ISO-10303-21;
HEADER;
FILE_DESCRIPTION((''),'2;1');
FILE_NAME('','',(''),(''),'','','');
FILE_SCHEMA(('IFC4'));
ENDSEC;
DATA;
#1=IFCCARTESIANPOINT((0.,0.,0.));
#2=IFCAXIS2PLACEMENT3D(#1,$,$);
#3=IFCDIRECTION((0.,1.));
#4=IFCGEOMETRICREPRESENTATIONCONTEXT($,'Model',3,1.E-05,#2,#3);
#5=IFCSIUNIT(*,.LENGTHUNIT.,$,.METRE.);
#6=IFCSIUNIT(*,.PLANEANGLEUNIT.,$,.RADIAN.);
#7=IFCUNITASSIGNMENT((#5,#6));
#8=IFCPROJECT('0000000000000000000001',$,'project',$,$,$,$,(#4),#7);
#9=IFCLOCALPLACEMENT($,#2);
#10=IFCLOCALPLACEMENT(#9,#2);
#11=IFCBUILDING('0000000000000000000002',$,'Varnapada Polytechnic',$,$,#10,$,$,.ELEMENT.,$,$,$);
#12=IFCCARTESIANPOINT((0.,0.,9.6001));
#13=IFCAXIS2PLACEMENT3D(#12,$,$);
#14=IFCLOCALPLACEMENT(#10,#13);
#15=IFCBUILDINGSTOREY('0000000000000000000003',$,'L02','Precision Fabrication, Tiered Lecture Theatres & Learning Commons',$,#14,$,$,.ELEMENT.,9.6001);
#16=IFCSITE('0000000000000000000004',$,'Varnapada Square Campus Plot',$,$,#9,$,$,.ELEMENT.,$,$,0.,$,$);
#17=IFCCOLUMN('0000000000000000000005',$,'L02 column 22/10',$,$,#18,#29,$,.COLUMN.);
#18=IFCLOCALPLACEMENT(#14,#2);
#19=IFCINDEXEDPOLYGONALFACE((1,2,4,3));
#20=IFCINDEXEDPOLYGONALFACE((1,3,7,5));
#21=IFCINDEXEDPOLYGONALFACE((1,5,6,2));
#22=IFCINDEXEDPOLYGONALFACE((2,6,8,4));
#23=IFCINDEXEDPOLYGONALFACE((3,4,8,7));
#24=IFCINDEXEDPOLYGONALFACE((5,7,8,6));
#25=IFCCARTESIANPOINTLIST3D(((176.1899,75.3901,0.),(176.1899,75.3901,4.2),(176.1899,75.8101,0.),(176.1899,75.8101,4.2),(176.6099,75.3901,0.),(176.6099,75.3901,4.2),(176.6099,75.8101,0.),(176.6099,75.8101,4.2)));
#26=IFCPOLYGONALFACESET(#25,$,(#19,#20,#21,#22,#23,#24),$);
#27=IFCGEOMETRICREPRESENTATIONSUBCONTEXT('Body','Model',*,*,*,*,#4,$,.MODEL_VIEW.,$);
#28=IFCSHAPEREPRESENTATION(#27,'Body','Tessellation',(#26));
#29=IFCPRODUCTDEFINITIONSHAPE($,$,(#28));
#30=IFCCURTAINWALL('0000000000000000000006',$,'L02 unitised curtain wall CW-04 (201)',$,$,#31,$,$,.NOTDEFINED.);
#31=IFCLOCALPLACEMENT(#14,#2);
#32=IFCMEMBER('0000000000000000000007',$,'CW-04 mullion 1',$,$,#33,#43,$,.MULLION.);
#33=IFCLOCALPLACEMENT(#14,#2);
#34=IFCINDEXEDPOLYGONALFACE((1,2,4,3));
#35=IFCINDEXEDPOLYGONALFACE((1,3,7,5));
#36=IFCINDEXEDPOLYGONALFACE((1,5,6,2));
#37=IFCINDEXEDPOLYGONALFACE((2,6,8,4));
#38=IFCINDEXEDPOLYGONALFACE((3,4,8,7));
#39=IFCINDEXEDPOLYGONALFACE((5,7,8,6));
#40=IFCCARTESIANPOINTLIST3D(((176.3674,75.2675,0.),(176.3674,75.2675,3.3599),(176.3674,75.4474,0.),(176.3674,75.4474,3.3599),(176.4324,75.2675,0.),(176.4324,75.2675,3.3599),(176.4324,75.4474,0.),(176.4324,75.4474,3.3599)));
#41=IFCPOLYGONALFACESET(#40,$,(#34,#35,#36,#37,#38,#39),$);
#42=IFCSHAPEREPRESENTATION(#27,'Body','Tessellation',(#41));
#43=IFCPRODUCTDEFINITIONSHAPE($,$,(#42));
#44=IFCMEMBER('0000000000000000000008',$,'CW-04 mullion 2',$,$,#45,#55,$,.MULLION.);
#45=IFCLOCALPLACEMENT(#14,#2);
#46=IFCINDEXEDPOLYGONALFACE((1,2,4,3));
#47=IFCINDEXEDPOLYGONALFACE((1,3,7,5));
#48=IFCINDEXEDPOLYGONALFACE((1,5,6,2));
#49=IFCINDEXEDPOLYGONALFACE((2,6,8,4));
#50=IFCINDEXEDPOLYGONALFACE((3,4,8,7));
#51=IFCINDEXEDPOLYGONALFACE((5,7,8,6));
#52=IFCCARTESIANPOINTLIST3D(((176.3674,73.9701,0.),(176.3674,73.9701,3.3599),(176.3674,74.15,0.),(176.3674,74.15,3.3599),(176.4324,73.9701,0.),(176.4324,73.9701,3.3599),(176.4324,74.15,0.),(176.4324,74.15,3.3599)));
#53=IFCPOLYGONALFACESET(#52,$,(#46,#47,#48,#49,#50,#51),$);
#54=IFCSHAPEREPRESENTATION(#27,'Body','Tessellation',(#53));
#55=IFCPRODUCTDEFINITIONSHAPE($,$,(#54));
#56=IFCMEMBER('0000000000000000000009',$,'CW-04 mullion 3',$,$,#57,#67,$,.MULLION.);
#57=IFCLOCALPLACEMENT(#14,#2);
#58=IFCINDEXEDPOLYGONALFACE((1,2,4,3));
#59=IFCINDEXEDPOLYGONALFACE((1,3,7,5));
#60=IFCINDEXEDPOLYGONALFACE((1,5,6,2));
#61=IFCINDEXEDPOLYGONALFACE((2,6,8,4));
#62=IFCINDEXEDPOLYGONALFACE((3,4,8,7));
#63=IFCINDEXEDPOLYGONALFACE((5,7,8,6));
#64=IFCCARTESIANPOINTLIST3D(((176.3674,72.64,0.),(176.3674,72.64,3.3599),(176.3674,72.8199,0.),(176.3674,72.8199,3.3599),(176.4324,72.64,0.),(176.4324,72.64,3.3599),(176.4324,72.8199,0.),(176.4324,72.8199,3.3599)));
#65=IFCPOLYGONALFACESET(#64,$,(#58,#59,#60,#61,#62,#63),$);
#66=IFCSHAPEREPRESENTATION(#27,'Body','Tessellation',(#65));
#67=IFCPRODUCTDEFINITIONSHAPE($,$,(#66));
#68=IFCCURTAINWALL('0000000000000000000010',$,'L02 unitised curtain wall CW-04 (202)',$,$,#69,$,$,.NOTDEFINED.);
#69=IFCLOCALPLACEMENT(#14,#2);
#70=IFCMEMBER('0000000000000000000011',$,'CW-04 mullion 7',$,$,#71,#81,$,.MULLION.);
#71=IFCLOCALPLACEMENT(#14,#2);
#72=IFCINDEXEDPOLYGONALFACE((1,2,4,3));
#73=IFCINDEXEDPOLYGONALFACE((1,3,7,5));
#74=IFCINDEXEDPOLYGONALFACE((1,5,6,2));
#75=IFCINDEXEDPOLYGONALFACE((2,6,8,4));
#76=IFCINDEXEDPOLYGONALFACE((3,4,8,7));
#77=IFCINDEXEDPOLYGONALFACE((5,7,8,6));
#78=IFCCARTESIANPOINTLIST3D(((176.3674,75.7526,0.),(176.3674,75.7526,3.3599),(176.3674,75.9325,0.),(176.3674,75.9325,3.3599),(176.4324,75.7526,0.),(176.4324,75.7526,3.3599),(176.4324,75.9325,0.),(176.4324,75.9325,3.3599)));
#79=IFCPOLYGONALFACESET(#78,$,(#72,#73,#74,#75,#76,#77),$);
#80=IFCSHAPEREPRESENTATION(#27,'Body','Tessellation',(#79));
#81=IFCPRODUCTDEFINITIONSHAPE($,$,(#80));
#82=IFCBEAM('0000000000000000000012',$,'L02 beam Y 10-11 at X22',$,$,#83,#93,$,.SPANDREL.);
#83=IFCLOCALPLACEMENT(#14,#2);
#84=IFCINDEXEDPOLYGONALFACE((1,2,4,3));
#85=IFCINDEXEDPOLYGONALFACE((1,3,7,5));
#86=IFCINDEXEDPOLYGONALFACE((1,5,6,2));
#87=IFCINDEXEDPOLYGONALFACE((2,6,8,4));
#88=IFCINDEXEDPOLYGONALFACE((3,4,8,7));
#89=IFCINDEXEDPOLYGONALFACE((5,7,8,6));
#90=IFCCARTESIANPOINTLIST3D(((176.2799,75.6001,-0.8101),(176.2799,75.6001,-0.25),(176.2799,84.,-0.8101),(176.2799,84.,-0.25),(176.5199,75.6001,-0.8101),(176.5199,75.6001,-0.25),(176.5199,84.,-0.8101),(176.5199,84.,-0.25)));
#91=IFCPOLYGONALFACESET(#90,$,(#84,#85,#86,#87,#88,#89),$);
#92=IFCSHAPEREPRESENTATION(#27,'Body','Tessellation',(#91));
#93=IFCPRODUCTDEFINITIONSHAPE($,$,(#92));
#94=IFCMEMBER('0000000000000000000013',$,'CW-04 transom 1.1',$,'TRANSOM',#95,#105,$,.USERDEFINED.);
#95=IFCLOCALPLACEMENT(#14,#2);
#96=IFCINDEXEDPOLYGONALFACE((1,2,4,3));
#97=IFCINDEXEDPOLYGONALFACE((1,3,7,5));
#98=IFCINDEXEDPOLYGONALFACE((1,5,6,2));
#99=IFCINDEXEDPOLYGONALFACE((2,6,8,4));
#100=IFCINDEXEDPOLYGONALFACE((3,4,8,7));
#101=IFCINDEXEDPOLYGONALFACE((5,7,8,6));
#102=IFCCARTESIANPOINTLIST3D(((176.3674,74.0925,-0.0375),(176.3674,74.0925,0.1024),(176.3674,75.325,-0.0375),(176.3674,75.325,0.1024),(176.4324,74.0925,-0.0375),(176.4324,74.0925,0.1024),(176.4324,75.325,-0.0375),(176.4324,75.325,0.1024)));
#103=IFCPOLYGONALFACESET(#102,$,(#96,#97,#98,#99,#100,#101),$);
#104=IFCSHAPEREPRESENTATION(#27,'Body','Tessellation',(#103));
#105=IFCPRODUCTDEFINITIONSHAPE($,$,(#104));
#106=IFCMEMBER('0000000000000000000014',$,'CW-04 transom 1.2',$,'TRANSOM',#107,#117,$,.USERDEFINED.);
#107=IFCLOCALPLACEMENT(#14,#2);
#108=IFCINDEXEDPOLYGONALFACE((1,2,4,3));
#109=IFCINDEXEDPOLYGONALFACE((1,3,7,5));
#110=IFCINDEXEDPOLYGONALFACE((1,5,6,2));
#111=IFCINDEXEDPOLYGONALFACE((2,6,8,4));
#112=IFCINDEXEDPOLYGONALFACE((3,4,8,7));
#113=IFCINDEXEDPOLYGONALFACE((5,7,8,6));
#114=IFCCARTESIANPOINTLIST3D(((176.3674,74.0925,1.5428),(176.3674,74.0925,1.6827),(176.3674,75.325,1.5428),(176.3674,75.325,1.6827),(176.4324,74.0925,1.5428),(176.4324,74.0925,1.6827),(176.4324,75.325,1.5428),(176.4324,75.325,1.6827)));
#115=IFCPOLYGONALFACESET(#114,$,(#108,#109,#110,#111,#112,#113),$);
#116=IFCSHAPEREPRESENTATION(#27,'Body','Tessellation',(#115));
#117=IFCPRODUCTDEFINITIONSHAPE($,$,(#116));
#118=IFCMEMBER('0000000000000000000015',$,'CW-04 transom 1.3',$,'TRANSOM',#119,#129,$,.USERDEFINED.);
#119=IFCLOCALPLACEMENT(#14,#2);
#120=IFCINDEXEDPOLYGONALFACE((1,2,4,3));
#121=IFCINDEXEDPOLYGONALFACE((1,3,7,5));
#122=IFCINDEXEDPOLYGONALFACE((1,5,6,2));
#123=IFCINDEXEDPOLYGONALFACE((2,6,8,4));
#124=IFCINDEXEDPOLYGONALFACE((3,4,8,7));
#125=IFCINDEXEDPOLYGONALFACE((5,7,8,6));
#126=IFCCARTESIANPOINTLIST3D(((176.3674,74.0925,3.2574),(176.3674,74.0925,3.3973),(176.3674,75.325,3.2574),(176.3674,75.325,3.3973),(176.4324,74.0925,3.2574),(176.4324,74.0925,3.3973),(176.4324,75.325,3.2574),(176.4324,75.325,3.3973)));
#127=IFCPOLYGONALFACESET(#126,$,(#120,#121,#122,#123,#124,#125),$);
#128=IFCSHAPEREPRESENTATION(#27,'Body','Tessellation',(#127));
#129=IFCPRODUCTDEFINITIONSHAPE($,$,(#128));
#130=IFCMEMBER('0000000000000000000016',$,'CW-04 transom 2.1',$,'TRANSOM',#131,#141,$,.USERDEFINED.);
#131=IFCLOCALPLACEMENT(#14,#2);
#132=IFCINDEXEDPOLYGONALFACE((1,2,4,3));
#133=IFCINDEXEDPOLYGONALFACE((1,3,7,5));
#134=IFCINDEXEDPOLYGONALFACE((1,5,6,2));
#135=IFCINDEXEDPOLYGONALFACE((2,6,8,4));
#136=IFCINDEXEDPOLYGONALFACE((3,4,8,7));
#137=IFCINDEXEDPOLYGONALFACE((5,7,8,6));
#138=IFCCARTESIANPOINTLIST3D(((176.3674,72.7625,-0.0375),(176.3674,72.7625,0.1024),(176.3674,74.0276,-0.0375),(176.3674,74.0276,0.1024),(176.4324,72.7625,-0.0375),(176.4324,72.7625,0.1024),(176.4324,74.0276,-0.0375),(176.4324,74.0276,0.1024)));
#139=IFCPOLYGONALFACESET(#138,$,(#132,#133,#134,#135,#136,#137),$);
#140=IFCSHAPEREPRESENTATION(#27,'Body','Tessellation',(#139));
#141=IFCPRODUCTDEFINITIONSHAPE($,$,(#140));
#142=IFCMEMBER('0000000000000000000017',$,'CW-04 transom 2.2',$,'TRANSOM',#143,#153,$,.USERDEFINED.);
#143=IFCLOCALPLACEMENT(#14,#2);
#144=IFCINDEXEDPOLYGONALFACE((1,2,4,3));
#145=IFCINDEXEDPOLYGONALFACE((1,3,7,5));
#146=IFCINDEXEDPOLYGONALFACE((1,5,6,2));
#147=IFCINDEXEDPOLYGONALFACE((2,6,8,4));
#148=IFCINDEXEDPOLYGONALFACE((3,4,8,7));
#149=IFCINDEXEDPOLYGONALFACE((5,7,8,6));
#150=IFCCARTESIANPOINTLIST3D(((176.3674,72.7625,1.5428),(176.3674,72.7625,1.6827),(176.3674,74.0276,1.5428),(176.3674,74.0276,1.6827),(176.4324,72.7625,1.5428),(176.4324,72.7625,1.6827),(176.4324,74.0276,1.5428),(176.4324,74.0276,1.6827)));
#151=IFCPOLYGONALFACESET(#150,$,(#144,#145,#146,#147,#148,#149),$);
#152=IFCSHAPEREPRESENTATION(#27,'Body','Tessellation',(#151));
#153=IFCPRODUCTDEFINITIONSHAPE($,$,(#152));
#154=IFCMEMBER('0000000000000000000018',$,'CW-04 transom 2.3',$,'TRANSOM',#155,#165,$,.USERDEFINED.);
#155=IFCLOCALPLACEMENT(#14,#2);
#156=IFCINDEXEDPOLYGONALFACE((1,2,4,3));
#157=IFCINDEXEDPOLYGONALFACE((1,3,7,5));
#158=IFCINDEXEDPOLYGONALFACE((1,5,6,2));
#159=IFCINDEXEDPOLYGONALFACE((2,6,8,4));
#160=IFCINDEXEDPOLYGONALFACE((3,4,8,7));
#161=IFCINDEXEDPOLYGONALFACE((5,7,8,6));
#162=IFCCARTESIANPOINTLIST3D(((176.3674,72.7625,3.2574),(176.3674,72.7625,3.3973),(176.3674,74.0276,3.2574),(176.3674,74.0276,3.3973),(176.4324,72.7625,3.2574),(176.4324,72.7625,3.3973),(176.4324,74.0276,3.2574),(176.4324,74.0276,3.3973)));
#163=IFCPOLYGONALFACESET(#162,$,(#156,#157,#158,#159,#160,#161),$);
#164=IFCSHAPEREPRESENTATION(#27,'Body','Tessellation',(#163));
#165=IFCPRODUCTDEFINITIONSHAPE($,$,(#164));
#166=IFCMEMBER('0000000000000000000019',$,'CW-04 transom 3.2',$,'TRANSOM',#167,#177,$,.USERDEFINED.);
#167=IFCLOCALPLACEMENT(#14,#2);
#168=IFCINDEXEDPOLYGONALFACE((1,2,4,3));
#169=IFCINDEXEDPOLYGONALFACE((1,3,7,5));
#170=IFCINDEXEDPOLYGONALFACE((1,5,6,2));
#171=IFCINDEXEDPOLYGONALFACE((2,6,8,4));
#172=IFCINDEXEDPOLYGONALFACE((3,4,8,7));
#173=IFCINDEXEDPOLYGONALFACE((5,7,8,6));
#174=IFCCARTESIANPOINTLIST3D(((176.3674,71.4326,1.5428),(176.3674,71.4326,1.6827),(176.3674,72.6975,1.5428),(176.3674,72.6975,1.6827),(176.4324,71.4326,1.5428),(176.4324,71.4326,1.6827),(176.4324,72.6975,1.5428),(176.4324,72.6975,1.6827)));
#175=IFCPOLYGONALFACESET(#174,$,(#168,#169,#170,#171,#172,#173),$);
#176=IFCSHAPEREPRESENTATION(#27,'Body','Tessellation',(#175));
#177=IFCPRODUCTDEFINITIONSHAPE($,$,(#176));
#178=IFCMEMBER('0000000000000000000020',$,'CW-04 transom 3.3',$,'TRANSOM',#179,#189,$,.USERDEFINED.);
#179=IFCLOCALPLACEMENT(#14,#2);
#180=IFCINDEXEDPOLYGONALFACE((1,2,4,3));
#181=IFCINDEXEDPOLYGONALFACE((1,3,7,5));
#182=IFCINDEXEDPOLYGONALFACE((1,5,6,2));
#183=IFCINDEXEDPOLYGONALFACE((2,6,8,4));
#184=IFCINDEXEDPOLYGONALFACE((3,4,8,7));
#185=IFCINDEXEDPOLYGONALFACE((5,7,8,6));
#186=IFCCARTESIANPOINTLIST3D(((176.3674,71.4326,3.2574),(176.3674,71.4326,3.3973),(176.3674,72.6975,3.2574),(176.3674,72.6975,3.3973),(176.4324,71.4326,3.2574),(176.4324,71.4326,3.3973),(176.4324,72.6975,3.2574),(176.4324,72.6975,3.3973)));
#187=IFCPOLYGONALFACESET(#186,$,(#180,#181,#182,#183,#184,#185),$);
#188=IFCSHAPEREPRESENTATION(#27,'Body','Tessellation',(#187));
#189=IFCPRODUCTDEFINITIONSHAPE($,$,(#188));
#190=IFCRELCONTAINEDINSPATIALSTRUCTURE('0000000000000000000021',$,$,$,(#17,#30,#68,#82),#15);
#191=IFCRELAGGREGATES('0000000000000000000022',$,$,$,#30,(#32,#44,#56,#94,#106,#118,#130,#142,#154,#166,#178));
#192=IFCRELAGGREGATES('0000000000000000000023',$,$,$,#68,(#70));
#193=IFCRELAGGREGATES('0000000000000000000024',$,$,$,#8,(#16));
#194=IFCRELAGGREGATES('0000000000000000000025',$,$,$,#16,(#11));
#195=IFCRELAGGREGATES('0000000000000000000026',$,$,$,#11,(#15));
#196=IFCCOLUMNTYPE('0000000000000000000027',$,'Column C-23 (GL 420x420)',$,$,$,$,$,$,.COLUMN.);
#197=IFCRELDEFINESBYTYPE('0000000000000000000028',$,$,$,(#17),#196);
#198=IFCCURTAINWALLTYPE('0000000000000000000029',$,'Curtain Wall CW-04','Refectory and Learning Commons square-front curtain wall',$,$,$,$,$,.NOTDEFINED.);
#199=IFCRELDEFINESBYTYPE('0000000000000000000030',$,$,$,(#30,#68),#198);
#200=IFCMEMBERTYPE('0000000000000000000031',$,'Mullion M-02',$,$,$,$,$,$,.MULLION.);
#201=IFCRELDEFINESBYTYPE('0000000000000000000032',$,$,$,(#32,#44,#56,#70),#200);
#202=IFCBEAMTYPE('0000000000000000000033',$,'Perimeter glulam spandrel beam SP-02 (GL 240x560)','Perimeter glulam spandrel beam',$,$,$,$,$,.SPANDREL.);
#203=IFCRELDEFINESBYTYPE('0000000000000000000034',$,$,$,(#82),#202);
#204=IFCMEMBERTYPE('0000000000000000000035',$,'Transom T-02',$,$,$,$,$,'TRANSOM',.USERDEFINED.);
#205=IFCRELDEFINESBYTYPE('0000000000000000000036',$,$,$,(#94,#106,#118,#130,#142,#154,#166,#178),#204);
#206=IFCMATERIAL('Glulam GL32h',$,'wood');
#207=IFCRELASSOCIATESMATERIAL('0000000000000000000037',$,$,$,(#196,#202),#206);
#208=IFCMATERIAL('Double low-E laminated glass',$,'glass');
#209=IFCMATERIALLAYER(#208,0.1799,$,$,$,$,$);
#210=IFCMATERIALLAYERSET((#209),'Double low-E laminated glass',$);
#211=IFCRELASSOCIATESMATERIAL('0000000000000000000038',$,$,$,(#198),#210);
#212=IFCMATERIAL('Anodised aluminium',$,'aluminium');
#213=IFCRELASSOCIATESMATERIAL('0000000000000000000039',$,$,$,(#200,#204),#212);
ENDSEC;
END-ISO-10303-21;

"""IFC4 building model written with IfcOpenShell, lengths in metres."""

from ifc_helpers import new_model, si_unit, direction, frame, origin, origin_2d, place, context, subcontext, project, spatial, rectangle, extrude, material, layer, layer_set, material_profile, profile_set, type_object, element, aggregate, save


model = new_model("IFC4")

# Units and contexts
model_context = context("Model", 3, precision=1e-05, world=origin(), true_north=direction((0.0, 1.0)))
body_context = subcontext(model_context, "Body", "Model", "MODEL_VIEW")
ifc_project = project(units=[si_unit("LENGTHUNIT", "METRE"), si_unit("PLANEANGLEUNIT", "RADIAN")], contexts=[model_context])

# Site, building, storey
site_placement = place(None, origin())
site = spatial("IfcSite", under=ifc_project, at=site_placement, Name="Varnapada Square Campus Plot", CompositionType="ELEMENT", RefElevation=0.0)
building_placement = place(site_placement, origin())
building = spatial("IfcBuilding", under=site, at=building_placement, Name="Varnapada Polytechnic", CompositionType="ELEMENT")
storey_placement = place(building_placement, frame((0.0, 0.0, 9.6001)))
storey = spatial("IfcBuildingStorey", under=building, at=storey_placement, Name="L02", Description="Precision Fabrication, Tiered Lecture Theatres & Learning Commons", CompositionType="ELEMENT", Elevation=9.6001)

# Column
ifc_material_1 = material(Name="Glulam GL32h", Category="wood")
ifc_material_profile_1 = material_profile(ifc_material_1, rectangle(XDim=0.4199, YDim=0.4199, at=origin_2d()), Name="GL 420x420")
ifc_profile_set_1 = profile_set([ifc_material_profile_1], Name="Glulam GL32h")
column_type = type_object("IfcColumnType", Name="Column C-23 (GL 420x420)", PredefinedType="COLUMN", material=ifc_profile_set_1)
column_placement = place(storey_placement, frame((176.3999, 75.6001, 0.0), z_axis=(0.0, 0.0, 1.0), x_axis=(1.0, 0.0, 0.0)))
element("IfcColumn", 1, at=column_placement, inside=storey, type_object=column_type, Name="L02 column 22/10", PredefinedType="COLUMN", context=body_context, shape_type="SweptSolid", body=[
    extrude(rectangle(XDim=0.4199, YDim=0.4199, at=origin_2d()), origin(), (0.0, 0.0, 1.0), 4.2),
])

# Curtain wall, members
ifc_material_2 = material(Name="Double low-E laminated glass", Category="glass")
ifc_layer_1 = layer(ifc_material_2, 0.1799)
ifc_layer_set_1 = layer_set([ifc_layer_1], Name="Double low-E laminated glass")
curtain_wall_type = type_object("IfcCurtainWallType", Name="Curtain Wall CW-04", Description="Refectory and Learning Commons square-front curtain wall", PredefinedType="NOTDEFINED", material=ifc_layer_set_1)
curtain_wall_1_placement = place(storey_placement, origin())
curtain_wall_1 = element("IfcCurtainWall", 2, at=curtain_wall_1_placement, inside=storey, type_object=curtain_wall_type, Name="L02 unitised curtain wall CW-04 (201)", PredefinedType="NOTDEFINED")
ifc_material_3 = material(Name="Anodised aluminium", Category="aluminium")
ifc_material_profile_2 = material_profile(ifc_material_3, rectangle(XDim=0.0649, YDim=0.1799, at=origin_2d()), Name="ALU M65x180")
ifc_profile_set_2 = profile_set([ifc_material_profile_2], Name="Anodised aluminium")
member_type_1 = type_object("IfcMemberType", Name="Mullion M-02", PredefinedType="MULLION", material=ifc_profile_set_2)
member_1_placement = place(storey_placement, frame((176.3999, 75.3574, 0.0), z_axis=(0.0, 0.0, 1.0), x_axis=(1.0, 0.0, 0.0)))
member_1 = element("IfcMember", 3, at=member_1_placement, type_object=member_type_1, Name="CW-04 mullion 1", PredefinedType="MULLION", context=body_context, shape_type="SweptSolid", body=[
    extrude(rectangle(XDim=0.0649, YDim=0.1799, at=origin_2d()), origin(), (0.0, 0.0, 1.0), 3.3599),
])
member_2_placement = place(storey_placement, frame((176.3999, 74.0601, 0.0), z_axis=(0.0, 0.0, 1.0), x_axis=(1.0, 0.0, 0.0)))
member_2 = element("IfcMember", 4, at=member_2_placement, type_object=member_type_1, Name="CW-04 mullion 2", PredefinedType="MULLION", context=body_context, shape_type="SweptSolid", body=[
    extrude(rectangle(XDim=0.0649, YDim=0.1799, at=origin_2d()), origin(), (0.0, 0.0, 1.0), 3.3599),
])
member_3_placement = place(storey_placement, frame((176.3999, 72.73, 0.0), z_axis=(0.0, 0.0, 1.0), x_axis=(1.0, 0.0, 0.0)))
member_3 = element("IfcMember", 5, at=member_3_placement, type_object=member_type_1, Name="CW-04 mullion 3", PredefinedType="MULLION", context=body_context, shape_type="SweptSolid", body=[
    extrude(rectangle(XDim=0.0649, YDim=0.1799, at=origin_2d()), origin(), (0.0, 0.0, 1.0), 3.3599),
])

# Curtain wall, member
curtain_wall_2_placement = place(storey_placement, origin())
curtain_wall_2 = element("IfcCurtainWall", 6, at=curtain_wall_2_placement, inside=storey, type_object=curtain_wall_type, Name="L02 unitised curtain wall CW-04 (202)", PredefinedType="NOTDEFINED")
member_4_placement = place(storey_placement, frame((176.3999, 75.8425, 0.0), z_axis=(0.0, 0.0, 1.0), x_axis=(1.0, 0.0, 0.0)))
member_4 = element("IfcMember", 7, at=member_4_placement, type_object=member_type_1, Name="CW-04 mullion 7", PredefinedType="MULLION", context=body_context, shape_type="SweptSolid", body=[
    extrude(rectangle(XDim=0.0649, YDim=0.1799, at=origin_2d()), origin(), (0.0, 0.0, 1.0), 3.3599),
])

# Beam
ifc_material_profile_3 = material_profile(ifc_material_1, rectangle(XDim=0.24, YDim=0.5601, at=origin_2d()), Name="GL 240x560")
ifc_profile_set_3 = profile_set([ifc_material_profile_3], Name="Glulam GL32h")
beam_type = type_object("IfcBeamType", Name="Perimeter glulam spandrel beam SP-02 (GL 240x560)", Description="Perimeter glulam spandrel beam", PredefinedType="SPANDREL", material=ifc_profile_set_3)
beam_placement = place(storey_placement, frame((176.3999, 75.6001, -0.53), z_axis=(0.0, 1.0, 0.0), x_axis=(-1.0, 0.0, 0.0)))
element("IfcBeam", 8, at=beam_placement, inside=storey, type_object=beam_type, Name="L02 beam Y 10-11 at X22", PredefinedType="SPANDREL", context=body_context, shape_type="SweptSolid", body=[
    extrude(rectangle(XDim=0.24, YDim=0.5601, at=origin_2d()), origin(), (0.0, 0.0, 1.0), 8.3999),
])

# Members
ifc_material_profile_4 = material_profile(ifc_material_3, rectangle(XDim=0.0649, YDim=0.1399, at=origin_2d()), Name="ALU T65x140")
ifc_profile_set_4 = profile_set([ifc_material_profile_4], Name="Anodised aluminium")
member_type_2 = type_object("IfcMemberType", Name="Transom T-02", ElementType="TRANSOM", PredefinedType="USERDEFINED", material=ifc_profile_set_4)
member_5_placement = place(storey_placement, frame((176.3999, 75.325, 0.0325), z_axis=(0.0, -1.0, 0.0), x_axis=(1.0, 0.0, 0.0)))
member_5 = element("IfcMember", 9, at=member_5_placement, type_object=member_type_2, Name="CW-04 transom 1.1", ObjectType="TRANSOM", PredefinedType="USERDEFINED", context=body_context, shape_type="SweptSolid", body=[
    extrude(rectangle(XDim=0.0649, YDim=0.1399, at=origin_2d()), origin(), (0.0, 0.0, 1.0), 1.2324),
])
member_6_placement = place(storey_placement, frame((176.3999, 75.325, 1.6128), z_axis=(0.0, -1.0, 0.0), x_axis=(1.0, 0.0, 0.0)))
member_6 = element("IfcMember", 10, at=member_6_placement, type_object=member_type_2, Name="CW-04 transom 1.2", ObjectType="TRANSOM", PredefinedType="USERDEFINED", context=body_context, shape_type="SweptSolid", body=[
    extrude(rectangle(XDim=0.0649, YDim=0.1399, at=origin_2d()), origin(), (0.0, 0.0, 1.0), 1.2324),
])
member_7_placement = place(storey_placement, frame((176.3999, 75.325, 3.3274), z_axis=(0.0, -1.0, 0.0), x_axis=(1.0, 0.0, 0.0)))
member_7 = element("IfcMember", 11, at=member_7_placement, type_object=member_type_2, Name="CW-04 transom 1.3", ObjectType="TRANSOM", PredefinedType="USERDEFINED", context=body_context, shape_type="SweptSolid", body=[
    extrude(rectangle(XDim=0.0649, YDim=0.1399, at=origin_2d()), origin(), (0.0, 0.0, 1.0), 1.2324),
])
member_8_placement = place(storey_placement, frame((176.3999, 74.0276, 0.0325), z_axis=(0.0, -1.0, 0.0), x_axis=(1.0, 0.0, 0.0)))
member_8 = element("IfcMember", 12, at=member_8_placement, type_object=member_type_2, Name="CW-04 transom 2.1", ObjectType="TRANSOM", PredefinedType="USERDEFINED", context=body_context, shape_type="SweptSolid", body=[
    extrude(rectangle(XDim=0.0649, YDim=0.1399, at=origin_2d()), origin(), (0.0, 0.0, 1.0), 1.2651),
])
member_9_placement = place(storey_placement, frame((176.3999, 74.0276, 1.6128), z_axis=(0.0, -1.0, 0.0), x_axis=(1.0, 0.0, 0.0)))
member_9 = element("IfcMember", 13, at=member_9_placement, type_object=member_type_2, Name="CW-04 transom 2.2", ObjectType="TRANSOM", PredefinedType="USERDEFINED", context=body_context, shape_type="SweptSolid", body=[
    extrude(rectangle(XDim=0.0649, YDim=0.1399, at=origin_2d()), origin(), (0.0, 0.0, 1.0), 1.2651),
])
member_10_placement = place(storey_placement, frame((176.3999, 74.0276, 3.3274), z_axis=(0.0, -1.0, 0.0), x_axis=(1.0, 0.0, 0.0)))
member_10 = element("IfcMember", 14, at=member_10_placement, type_object=member_type_2, Name="CW-04 transom 2.3", ObjectType="TRANSOM", PredefinedType="USERDEFINED", context=body_context, shape_type="SweptSolid", body=[
    extrude(rectangle(XDim=0.0649, YDim=0.1399, at=origin_2d()), origin(), (0.0, 0.0, 1.0), 1.2651),
])
member_11_placement = place(storey_placement, frame((176.3999, 72.6975, 1.6128), z_axis=(0.0, -1.0, 0.0), x_axis=(1.0, 0.0, 0.0)))
member_11 = element("IfcMember", 15, at=member_11_placement, type_object=member_type_2, Name="CW-04 transom 3.2", ObjectType="TRANSOM", PredefinedType="USERDEFINED", context=body_context, shape_type="SweptSolid", body=[
    extrude(rectangle(XDim=0.0649, YDim=0.1399, at=origin_2d()), origin(), (0.0, 0.0, 1.0), 1.2649),
])
member_12_placement = place(storey_placement, frame((176.3999, 72.6975, 3.3274), z_axis=(0.0, -1.0, 0.0), x_axis=(1.0, 0.0, 0.0)))
member_12 = element("IfcMember", 16, at=member_12_placement, type_object=member_type_2, Name="CW-04 transom 3.3", ObjectType="TRANSOM", PredefinedType="USERDEFINED", context=body_context, shape_type="SweptSolid", body=[
    extrude(rectangle(XDim=0.0649, YDim=0.1399, at=origin_2d()), origin(), (0.0, 0.0, 1.0), 1.2649),
])

aggregate(curtain_wall_1, [member_1, member_2, member_3, member_5, member_6, member_7, member_8, member_9, member_10, member_11, member_12])
aggregate(curtain_wall_2, [member_4])

save(model, "model.ifc")
